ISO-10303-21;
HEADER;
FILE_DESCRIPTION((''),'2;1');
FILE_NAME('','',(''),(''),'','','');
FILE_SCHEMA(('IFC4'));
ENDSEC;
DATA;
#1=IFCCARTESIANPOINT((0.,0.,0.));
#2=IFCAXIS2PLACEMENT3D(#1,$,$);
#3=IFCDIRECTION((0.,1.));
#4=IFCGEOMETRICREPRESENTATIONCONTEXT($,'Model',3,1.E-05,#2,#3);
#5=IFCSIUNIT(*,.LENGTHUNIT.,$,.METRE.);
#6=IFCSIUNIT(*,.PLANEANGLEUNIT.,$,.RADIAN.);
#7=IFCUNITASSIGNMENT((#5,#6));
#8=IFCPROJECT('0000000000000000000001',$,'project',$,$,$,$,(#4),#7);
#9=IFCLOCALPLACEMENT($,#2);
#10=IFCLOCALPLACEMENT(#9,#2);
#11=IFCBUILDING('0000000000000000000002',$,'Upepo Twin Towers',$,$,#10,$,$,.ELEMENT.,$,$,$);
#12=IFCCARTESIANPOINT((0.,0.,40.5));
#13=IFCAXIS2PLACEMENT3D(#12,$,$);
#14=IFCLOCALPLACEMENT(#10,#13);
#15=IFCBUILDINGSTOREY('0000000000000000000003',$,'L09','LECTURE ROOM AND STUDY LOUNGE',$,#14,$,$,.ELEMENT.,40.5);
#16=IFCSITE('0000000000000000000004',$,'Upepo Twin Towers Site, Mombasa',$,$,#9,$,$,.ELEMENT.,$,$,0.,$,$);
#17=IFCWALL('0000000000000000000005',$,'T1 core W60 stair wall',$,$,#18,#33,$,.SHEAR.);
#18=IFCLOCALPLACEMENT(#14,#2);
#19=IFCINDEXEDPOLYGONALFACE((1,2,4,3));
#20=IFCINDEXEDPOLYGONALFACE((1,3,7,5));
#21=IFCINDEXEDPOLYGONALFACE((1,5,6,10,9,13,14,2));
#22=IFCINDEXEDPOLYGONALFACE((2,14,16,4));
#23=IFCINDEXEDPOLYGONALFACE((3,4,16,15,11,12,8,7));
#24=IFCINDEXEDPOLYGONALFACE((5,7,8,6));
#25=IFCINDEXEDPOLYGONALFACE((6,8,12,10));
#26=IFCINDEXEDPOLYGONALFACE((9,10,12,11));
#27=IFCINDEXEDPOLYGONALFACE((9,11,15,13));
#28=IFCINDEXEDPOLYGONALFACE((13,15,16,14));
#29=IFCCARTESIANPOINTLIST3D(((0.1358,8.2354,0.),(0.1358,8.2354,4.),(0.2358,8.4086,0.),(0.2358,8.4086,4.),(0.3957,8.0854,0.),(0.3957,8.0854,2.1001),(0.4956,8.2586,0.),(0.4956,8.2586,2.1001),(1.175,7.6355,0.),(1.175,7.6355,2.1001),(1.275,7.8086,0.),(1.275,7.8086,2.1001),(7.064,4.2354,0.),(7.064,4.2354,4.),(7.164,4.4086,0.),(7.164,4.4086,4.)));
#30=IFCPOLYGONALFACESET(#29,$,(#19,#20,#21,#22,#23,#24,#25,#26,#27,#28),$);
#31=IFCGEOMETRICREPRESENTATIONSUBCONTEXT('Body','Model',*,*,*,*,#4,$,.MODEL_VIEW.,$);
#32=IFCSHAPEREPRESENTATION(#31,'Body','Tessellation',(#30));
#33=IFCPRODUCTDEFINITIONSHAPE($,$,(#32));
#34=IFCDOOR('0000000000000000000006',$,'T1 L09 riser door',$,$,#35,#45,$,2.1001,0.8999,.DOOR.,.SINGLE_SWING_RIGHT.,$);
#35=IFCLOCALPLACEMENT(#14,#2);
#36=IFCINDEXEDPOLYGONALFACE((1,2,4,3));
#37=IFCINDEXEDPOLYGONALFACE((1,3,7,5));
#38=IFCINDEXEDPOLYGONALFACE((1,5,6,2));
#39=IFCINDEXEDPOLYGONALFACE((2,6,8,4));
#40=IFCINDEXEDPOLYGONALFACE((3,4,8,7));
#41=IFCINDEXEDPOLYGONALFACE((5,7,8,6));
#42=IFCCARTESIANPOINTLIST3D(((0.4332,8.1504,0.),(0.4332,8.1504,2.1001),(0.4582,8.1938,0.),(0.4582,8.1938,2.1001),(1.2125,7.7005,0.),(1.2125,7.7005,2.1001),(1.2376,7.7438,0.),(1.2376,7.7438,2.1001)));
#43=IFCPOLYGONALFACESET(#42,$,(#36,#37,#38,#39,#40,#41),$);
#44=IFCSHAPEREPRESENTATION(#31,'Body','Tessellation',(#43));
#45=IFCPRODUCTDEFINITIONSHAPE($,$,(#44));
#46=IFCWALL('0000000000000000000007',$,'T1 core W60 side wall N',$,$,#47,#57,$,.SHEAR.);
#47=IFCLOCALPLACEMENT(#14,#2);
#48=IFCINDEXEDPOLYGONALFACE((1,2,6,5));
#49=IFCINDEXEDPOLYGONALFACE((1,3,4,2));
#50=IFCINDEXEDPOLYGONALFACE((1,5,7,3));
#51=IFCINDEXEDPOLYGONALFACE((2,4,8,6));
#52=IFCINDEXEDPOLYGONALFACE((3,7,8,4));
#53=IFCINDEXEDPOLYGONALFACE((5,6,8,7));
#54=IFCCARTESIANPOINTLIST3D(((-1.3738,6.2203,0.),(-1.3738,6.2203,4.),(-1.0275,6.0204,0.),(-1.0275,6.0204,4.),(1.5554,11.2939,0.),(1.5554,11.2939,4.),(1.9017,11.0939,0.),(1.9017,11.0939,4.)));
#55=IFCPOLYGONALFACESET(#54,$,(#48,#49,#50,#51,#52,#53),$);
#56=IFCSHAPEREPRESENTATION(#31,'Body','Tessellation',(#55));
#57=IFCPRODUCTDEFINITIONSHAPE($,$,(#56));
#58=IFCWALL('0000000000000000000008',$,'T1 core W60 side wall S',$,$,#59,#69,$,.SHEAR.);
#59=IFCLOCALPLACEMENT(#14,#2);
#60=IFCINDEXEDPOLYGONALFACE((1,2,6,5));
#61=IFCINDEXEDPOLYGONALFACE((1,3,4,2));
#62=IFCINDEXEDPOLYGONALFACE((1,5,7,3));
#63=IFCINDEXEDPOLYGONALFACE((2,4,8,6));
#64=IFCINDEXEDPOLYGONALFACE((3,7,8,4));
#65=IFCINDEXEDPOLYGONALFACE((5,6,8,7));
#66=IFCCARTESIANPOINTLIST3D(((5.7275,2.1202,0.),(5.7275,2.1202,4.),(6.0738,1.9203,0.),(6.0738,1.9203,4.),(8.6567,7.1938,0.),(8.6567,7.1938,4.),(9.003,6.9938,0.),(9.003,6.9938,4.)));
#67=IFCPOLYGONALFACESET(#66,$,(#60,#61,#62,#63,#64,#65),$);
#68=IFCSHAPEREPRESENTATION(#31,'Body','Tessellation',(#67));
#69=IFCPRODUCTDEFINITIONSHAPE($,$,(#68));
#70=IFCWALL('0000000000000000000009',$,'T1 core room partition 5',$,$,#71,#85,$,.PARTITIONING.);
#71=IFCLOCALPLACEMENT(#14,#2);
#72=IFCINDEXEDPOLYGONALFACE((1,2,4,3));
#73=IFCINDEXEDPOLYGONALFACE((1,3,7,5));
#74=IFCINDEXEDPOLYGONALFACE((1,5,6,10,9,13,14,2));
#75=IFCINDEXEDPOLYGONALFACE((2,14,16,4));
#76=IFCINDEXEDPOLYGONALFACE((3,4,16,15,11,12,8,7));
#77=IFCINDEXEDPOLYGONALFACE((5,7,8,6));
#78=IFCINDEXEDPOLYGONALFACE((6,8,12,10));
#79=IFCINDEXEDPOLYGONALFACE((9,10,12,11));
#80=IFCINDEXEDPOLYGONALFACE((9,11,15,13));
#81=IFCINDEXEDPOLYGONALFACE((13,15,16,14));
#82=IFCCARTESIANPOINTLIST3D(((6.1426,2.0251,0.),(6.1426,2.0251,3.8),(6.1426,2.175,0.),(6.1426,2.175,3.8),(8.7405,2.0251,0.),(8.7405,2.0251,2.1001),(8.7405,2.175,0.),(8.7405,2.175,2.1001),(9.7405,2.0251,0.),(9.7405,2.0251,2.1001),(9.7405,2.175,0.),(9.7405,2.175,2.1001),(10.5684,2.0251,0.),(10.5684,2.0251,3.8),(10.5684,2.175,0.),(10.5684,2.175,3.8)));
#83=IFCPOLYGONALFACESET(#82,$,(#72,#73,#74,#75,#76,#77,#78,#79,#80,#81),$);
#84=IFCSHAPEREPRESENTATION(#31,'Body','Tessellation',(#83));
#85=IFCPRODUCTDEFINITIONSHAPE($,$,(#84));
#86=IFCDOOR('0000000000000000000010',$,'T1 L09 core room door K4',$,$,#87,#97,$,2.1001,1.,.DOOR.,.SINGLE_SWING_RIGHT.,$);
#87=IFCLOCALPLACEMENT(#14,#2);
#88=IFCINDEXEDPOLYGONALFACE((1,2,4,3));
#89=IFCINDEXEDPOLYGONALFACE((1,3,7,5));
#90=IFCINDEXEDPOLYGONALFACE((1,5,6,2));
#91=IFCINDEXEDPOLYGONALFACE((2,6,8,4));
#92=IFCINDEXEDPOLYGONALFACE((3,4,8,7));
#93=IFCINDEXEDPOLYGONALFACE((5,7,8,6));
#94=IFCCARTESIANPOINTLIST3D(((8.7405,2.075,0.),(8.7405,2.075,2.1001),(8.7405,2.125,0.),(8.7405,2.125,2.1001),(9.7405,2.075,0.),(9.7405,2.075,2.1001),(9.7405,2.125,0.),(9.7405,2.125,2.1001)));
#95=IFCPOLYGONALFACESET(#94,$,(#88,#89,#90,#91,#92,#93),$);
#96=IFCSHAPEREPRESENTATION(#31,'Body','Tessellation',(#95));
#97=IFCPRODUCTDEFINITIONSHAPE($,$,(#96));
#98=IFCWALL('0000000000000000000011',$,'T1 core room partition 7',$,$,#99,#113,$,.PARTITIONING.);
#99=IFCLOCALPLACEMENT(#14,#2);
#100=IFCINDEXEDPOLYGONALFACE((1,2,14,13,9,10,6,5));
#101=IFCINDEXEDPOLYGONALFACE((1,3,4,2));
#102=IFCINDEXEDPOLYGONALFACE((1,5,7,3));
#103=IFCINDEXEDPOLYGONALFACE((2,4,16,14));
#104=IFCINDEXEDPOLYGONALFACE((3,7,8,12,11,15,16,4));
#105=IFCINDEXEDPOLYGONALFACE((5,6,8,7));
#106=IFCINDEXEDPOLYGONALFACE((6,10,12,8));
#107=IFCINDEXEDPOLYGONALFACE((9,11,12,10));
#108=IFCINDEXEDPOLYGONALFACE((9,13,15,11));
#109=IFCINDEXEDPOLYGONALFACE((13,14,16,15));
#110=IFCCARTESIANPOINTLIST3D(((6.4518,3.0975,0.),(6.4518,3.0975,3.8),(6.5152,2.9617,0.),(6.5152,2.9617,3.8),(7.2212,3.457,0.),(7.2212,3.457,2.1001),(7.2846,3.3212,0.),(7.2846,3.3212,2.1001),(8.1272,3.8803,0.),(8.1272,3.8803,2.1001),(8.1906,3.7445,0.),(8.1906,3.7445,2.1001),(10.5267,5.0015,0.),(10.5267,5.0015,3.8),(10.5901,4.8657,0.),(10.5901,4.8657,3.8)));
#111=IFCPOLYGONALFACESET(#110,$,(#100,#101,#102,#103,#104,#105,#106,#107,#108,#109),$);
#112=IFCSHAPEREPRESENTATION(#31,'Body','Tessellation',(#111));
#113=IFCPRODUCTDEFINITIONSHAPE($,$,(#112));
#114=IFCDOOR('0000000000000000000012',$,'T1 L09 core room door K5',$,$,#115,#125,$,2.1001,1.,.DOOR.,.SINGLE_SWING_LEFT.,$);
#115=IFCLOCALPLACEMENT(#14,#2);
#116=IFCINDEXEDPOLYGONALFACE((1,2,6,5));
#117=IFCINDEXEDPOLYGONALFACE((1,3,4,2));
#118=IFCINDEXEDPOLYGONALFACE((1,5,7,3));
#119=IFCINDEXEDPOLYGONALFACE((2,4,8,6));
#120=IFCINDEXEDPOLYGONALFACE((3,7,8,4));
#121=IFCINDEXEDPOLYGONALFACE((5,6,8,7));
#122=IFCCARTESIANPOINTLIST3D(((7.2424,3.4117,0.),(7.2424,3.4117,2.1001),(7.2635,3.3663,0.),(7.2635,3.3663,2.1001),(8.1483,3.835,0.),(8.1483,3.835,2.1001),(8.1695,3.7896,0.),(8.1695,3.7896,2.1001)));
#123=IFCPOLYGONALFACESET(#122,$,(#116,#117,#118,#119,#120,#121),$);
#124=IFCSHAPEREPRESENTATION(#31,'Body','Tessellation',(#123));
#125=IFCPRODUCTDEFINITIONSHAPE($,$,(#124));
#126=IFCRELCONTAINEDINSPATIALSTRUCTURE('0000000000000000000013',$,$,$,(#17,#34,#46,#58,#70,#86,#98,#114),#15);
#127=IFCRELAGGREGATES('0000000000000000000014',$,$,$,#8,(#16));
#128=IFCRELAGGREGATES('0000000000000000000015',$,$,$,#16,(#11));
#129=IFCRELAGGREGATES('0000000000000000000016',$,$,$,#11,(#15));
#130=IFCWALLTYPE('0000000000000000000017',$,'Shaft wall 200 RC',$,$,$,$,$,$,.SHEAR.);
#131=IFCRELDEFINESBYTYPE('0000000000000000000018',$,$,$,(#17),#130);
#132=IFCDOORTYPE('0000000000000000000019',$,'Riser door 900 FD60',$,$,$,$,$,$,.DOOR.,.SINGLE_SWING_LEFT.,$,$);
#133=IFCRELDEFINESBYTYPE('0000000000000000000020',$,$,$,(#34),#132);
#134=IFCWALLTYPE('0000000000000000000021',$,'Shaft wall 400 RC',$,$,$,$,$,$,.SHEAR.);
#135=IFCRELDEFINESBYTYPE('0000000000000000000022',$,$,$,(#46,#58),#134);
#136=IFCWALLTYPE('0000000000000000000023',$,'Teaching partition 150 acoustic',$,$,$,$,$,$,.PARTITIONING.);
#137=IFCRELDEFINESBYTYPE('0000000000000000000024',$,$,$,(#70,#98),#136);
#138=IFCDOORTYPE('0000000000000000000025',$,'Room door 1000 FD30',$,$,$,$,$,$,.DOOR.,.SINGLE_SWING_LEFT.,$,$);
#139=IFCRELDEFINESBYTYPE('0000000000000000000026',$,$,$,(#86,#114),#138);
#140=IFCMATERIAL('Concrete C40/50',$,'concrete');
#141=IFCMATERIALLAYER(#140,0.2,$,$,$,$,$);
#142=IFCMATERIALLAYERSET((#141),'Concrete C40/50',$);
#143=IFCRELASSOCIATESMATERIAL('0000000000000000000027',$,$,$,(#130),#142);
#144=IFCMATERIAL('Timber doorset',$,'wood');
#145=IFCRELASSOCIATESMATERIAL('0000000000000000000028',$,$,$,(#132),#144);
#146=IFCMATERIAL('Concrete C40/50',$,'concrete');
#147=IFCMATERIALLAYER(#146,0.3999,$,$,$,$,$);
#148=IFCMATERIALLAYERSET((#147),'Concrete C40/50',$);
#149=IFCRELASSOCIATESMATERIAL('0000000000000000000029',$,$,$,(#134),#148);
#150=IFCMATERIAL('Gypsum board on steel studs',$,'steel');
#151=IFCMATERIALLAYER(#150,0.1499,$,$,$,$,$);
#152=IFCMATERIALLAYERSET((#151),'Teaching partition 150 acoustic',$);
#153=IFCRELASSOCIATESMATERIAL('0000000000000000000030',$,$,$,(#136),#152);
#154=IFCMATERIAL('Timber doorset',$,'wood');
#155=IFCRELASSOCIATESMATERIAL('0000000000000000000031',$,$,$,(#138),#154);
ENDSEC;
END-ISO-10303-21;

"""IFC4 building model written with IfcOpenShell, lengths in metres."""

from ifc_helpers import new_model, si_unit, direction, frame, frame_2d, origin, place, context, subcontext, project, spatial, rectangle, extrude, material, layer, layer_set, type_object, element, fill, save


model = new_model("IFC4")

# Units and contexts
model_context = context("Model", 3, precision=1e-05, world=origin(), true_north=direction((0.0, 1.0)))
body_context = subcontext(model_context, "Body", "Model", "MODEL_VIEW")
ifc_project = project(units=[si_unit("LENGTHUNIT", "METRE"), si_unit("PLANEANGLEUNIT", "RADIAN")], contexts=[model_context])

# Site, building, storey
site_placement = place(None, origin())
site = spatial("IfcSite", under=ifc_project, at=site_placement, Name="Upepo Twin Towers Site, Mombasa", CompositionType="ELEMENT", RefElevation=0.0)
building_placement = place(site_placement, origin())
building = spatial("IfcBuilding", under=site, at=building_placement, Name="Upepo Twin Towers", CompositionType="ELEMENT")
storey_placement = place(building_placement, frame((0.0, 0.0, 40.5)))
storey = spatial("IfcBuildingStorey", under=building, at=storey_placement, Name="L09", Description="LECTURE ROOM AND STUDY LOUNGE", CompositionType="ELEMENT", Elevation=40.5)

# Shared definitions
ifc_material_1 = material(Name="Concrete C40/50", Category="concrete")
ifc_layer_1 = layer(ifc_material_1, 0.2)
ifc_layer_set_1 = layer_set([ifc_layer_1], Name="Concrete C40/50")
wall_type_1 = type_object("IfcWallType", Name="Shaft wall 200 RC", PredefinedType="SHEAR", material=ifc_layer_set_1)

# Wall, opening, door
wall_1_placement = place(storey_placement, frame((7.114, 4.322, 0.0), z_axis=(0.0, 0.0, 1.0), x_axis=(-0.866026, 0.499999, 0.0)))
wall_1 = element("IfcWall", 1, at=wall_1_placement, inside=storey, type_object=wall_type_1, Name="T1 core W60 stair wall", PredefinedType="SHEAR", context=body_context, shape_type="SweptSolid", body=[
    extrude(rectangle(XDim=8.0, YDim=0.2, at=frame_2d((4.0, 0.0))), origin(), (0.0, 0.0, 1.0), 4.0),
])
opening_1_placement = place(wall_1_placement, frame((6.8, 0.0, 0.0)))
opening_1 = element("IfcOpeningElement", 2, at=opening_1_placement, cuts=wall_1, PredefinedType="OPENING", context=body_context, shape_type="SweptSolid", body=[
    extrude(rectangle(XDim=0.8999, YDim=2.1001, at=frame_2d((0.45, 1.05))), frame((0.0, 0.1099, 0.0), z_axis=(0.0, -1.0, 0.0), x_axis=(1.0, 0.0, 0.0)), (0.0, 0.0, 1.0), 0.22),
])
ifc_material_2 = material(Name="Timber doorset", Category="wood")
door_type_1 = type_object("IfcDoorType", Name="Riser door 900 FD60", OperationType="SINGLE_SWING_LEFT", PredefinedType="DOOR", material=ifc_material_2)
door_1_placement = place(opening_1_placement, origin())
door_1 = element("IfcDoor", 3, at=door_1_placement, inside=storey, type_object=door_type_1, Name="T1 L09 riser door", OperationType="SINGLE_SWING_RIGHT", OverallHeight=2.1001, OverallWidth=0.8999, PredefinedType="DOOR", context=body_context, shape_type="SweptSolid", body=[
    extrude(rectangle(XDim=0.8999, YDim=2.1001, at=frame_2d((0.45, 1.05))), frame((0.0, 0.0249, 0.0), z_axis=(0.0, -1.0, 0.0), x_axis=(1.0, 0.0, 0.0)), (0.0, 0.0, 1.0), 0.05),
])
fill(opening_1, door_1)

# Walls
ifc_material_3 = material(Name="Concrete C40/50", Category="concrete")
ifc_layer_2 = layer(ifc_material_3, 0.3999)
ifc_layer_set_2 = layer_set([ifc_layer_2], Name="Concrete C40/50")
wall_type_2 = type_object("IfcWallType", Name="Shaft wall 400 RC", PredefinedType="SHEAR", material=ifc_layer_set_2)
for number, where, z_axis, x_axis, name in (
    (4, (-1.2007, 6.1204, 0.0), (0.0, 0.0, 1.0), (0.500003, 0.866024, 0.0), "T1 core W60 side wall N"),
    (5, (5.9006, 2.0203, 0.0), (0.0, 0.0, 1.0), (0.500003, 0.866024, 0.0), "T1 core W60 side wall S"),
):
    element("IfcWall", number, at=place(storey_placement, frame(where, z_axis=z_axis, x_axis=x_axis)), inside=storey, type_object=wall_type_2, Name=name, PredefinedType="SHEAR", context=body_context, shape_type="SweptSolid", body=[
        extrude(rectangle(XDim=5.8584, YDim=0.3999, at=frame_2d((2.9292, 0.0))), origin(), (0.0, 0.0, 1.0), 4.0),
    ])

# Walls, openings, doors
ifc_material_4 = material(Name="Gypsum board on steel studs", Category="steel")
ifc_layer_3 = layer(ifc_material_4, 0.1499)
ifc_layer_set_3 = layer_set([ifc_layer_3], Name="Teaching partition 150 acoustic")
wall_type_3 = type_object("IfcWallType", Name="Teaching partition 150 acoustic", PredefinedType="PARTITIONING", material=ifc_layer_set_3)
wall_2_placement = place(storey_placement, frame((6.1426, 2.1001, 0.0), z_axis=(0.0, 0.0, 1.0), x_axis=(1.0, 0.0, 0.0)))
wall_2 = element("IfcWall", 6, at=wall_2_placement, inside=storey, type_object=wall_type_3, Name="T1 core room partition 5", PredefinedType="PARTITIONING", context=body_context, shape_type="SweptSolid", body=[
    extrude(rectangle(XDim=4.4258, YDim=0.1499, at=frame_2d((2.2129, 0.0))), origin(), (0.0, 0.0, 1.0), 3.8),
])
opening_2_placement = place(wall_2_placement, frame((2.5979, 0.0, 0.0)))
opening_2 = element("IfcOpeningElement", 7, at=opening_2_placement, cuts=wall_2, PredefinedType="OPENING", context=body_context, shape_type="SweptSolid", body=[
    extrude(rectangle(XDim=1.0, YDim=2.1001, at=frame_2d((0.5, 1.05))), frame((0.0, 0.085, 0.0), z_axis=(0.0, -1.0, 0.0), x_axis=(1.0, 0.0, 0.0)), (0.0, 0.0, 1.0), 0.1699),
])
ifc_material_5 = material(Name="Timber doorset", Category="wood")
door_type_2 = type_object("IfcDoorType", Name="Room door 1000 FD30", OperationType="SINGLE_SWING_LEFT", PredefinedType="DOOR", material=ifc_material_5)
door_2_placement = place(opening_2_placement, origin())
door_2 = element("IfcDoor", 8, at=door_2_placement, inside=storey, type_object=door_type_2, Name="T1 L09 core room door K4", OperationType="SINGLE_SWING_RIGHT", OverallHeight=2.1001, OverallWidth=1.0, PredefinedType="DOOR", context=body_context, shape_type="SweptSolid", body=[
    extrude(rectangle(XDim=1.0, YDim=2.1001, at=frame_2d((0.5, 1.05))), frame((0.0, 0.0249, 0.0), z_axis=(0.0, -1.0, 0.0), x_axis=(1.0, 0.0, 0.0)), (0.0, 0.0, 1.0), 0.05),
])
fill(opening_2, door_2)
wall_3_placement = place(storey_placement, frame((6.4834, 3.0295, 0.0), z_axis=(0.0, 0.0, 1.0), x_axis=(0.905978, 0.423325, 0.0)))
wall_3 = element("IfcWall", 9, at=wall_3_placement, inside=storey, type_object=wall_type_3, Name="T1 core room partition 7", PredefinedType="PARTITIONING", context=body_context, shape_type="SweptSolid", body=[
    extrude(rectangle(XDim=4.4978, YDim=0.1499, at=frame_2d((2.249, 0.0))), origin(), (0.0, 0.0, 1.0), 3.8),
])
opening_3_placement = place(wall_3_placement, frame((0.8494, 0.0, 0.0)))
opening_3 = element("IfcOpeningElement", 10, at=opening_3_placement, cuts=wall_3, PredefinedType="OPENING", context=body_context, shape_type="SweptSolid", body=[
    extrude(rectangle(XDim=1.0, YDim=2.1001, at=frame_2d((0.5, 1.05))), frame((0.0, 0.085, 0.0), z_axis=(0.0, -1.0, 0.0), x_axis=(1.0, 0.0, 0.0)), (0.0, 0.0, 1.0), 0.1699),
])
door_3_placement = place(opening_3_placement, origin())
door_3 = element("IfcDoor", 11, at=door_3_placement, inside=storey, type_object=door_type_2, Name="T1 L09 core room door K5", OperationType="SINGLE_SWING_LEFT", OverallHeight=2.1001, OverallWidth=1.0, PredefinedType="DOOR", context=body_context, shape_type="SweptSolid", body=[
    extrude(rectangle(XDim=1.0, YDim=2.1001, at=frame_2d((0.5, 1.05))), frame((0.0, 0.0249, 0.0), z_axis=(0.0, -1.0, 0.0), x_axis=(1.0, 0.0, 0.0)), (0.0, 0.0, 1.0), 0.05),
])
fill(opening_3, door_3)

save(model, "model.ifc")
